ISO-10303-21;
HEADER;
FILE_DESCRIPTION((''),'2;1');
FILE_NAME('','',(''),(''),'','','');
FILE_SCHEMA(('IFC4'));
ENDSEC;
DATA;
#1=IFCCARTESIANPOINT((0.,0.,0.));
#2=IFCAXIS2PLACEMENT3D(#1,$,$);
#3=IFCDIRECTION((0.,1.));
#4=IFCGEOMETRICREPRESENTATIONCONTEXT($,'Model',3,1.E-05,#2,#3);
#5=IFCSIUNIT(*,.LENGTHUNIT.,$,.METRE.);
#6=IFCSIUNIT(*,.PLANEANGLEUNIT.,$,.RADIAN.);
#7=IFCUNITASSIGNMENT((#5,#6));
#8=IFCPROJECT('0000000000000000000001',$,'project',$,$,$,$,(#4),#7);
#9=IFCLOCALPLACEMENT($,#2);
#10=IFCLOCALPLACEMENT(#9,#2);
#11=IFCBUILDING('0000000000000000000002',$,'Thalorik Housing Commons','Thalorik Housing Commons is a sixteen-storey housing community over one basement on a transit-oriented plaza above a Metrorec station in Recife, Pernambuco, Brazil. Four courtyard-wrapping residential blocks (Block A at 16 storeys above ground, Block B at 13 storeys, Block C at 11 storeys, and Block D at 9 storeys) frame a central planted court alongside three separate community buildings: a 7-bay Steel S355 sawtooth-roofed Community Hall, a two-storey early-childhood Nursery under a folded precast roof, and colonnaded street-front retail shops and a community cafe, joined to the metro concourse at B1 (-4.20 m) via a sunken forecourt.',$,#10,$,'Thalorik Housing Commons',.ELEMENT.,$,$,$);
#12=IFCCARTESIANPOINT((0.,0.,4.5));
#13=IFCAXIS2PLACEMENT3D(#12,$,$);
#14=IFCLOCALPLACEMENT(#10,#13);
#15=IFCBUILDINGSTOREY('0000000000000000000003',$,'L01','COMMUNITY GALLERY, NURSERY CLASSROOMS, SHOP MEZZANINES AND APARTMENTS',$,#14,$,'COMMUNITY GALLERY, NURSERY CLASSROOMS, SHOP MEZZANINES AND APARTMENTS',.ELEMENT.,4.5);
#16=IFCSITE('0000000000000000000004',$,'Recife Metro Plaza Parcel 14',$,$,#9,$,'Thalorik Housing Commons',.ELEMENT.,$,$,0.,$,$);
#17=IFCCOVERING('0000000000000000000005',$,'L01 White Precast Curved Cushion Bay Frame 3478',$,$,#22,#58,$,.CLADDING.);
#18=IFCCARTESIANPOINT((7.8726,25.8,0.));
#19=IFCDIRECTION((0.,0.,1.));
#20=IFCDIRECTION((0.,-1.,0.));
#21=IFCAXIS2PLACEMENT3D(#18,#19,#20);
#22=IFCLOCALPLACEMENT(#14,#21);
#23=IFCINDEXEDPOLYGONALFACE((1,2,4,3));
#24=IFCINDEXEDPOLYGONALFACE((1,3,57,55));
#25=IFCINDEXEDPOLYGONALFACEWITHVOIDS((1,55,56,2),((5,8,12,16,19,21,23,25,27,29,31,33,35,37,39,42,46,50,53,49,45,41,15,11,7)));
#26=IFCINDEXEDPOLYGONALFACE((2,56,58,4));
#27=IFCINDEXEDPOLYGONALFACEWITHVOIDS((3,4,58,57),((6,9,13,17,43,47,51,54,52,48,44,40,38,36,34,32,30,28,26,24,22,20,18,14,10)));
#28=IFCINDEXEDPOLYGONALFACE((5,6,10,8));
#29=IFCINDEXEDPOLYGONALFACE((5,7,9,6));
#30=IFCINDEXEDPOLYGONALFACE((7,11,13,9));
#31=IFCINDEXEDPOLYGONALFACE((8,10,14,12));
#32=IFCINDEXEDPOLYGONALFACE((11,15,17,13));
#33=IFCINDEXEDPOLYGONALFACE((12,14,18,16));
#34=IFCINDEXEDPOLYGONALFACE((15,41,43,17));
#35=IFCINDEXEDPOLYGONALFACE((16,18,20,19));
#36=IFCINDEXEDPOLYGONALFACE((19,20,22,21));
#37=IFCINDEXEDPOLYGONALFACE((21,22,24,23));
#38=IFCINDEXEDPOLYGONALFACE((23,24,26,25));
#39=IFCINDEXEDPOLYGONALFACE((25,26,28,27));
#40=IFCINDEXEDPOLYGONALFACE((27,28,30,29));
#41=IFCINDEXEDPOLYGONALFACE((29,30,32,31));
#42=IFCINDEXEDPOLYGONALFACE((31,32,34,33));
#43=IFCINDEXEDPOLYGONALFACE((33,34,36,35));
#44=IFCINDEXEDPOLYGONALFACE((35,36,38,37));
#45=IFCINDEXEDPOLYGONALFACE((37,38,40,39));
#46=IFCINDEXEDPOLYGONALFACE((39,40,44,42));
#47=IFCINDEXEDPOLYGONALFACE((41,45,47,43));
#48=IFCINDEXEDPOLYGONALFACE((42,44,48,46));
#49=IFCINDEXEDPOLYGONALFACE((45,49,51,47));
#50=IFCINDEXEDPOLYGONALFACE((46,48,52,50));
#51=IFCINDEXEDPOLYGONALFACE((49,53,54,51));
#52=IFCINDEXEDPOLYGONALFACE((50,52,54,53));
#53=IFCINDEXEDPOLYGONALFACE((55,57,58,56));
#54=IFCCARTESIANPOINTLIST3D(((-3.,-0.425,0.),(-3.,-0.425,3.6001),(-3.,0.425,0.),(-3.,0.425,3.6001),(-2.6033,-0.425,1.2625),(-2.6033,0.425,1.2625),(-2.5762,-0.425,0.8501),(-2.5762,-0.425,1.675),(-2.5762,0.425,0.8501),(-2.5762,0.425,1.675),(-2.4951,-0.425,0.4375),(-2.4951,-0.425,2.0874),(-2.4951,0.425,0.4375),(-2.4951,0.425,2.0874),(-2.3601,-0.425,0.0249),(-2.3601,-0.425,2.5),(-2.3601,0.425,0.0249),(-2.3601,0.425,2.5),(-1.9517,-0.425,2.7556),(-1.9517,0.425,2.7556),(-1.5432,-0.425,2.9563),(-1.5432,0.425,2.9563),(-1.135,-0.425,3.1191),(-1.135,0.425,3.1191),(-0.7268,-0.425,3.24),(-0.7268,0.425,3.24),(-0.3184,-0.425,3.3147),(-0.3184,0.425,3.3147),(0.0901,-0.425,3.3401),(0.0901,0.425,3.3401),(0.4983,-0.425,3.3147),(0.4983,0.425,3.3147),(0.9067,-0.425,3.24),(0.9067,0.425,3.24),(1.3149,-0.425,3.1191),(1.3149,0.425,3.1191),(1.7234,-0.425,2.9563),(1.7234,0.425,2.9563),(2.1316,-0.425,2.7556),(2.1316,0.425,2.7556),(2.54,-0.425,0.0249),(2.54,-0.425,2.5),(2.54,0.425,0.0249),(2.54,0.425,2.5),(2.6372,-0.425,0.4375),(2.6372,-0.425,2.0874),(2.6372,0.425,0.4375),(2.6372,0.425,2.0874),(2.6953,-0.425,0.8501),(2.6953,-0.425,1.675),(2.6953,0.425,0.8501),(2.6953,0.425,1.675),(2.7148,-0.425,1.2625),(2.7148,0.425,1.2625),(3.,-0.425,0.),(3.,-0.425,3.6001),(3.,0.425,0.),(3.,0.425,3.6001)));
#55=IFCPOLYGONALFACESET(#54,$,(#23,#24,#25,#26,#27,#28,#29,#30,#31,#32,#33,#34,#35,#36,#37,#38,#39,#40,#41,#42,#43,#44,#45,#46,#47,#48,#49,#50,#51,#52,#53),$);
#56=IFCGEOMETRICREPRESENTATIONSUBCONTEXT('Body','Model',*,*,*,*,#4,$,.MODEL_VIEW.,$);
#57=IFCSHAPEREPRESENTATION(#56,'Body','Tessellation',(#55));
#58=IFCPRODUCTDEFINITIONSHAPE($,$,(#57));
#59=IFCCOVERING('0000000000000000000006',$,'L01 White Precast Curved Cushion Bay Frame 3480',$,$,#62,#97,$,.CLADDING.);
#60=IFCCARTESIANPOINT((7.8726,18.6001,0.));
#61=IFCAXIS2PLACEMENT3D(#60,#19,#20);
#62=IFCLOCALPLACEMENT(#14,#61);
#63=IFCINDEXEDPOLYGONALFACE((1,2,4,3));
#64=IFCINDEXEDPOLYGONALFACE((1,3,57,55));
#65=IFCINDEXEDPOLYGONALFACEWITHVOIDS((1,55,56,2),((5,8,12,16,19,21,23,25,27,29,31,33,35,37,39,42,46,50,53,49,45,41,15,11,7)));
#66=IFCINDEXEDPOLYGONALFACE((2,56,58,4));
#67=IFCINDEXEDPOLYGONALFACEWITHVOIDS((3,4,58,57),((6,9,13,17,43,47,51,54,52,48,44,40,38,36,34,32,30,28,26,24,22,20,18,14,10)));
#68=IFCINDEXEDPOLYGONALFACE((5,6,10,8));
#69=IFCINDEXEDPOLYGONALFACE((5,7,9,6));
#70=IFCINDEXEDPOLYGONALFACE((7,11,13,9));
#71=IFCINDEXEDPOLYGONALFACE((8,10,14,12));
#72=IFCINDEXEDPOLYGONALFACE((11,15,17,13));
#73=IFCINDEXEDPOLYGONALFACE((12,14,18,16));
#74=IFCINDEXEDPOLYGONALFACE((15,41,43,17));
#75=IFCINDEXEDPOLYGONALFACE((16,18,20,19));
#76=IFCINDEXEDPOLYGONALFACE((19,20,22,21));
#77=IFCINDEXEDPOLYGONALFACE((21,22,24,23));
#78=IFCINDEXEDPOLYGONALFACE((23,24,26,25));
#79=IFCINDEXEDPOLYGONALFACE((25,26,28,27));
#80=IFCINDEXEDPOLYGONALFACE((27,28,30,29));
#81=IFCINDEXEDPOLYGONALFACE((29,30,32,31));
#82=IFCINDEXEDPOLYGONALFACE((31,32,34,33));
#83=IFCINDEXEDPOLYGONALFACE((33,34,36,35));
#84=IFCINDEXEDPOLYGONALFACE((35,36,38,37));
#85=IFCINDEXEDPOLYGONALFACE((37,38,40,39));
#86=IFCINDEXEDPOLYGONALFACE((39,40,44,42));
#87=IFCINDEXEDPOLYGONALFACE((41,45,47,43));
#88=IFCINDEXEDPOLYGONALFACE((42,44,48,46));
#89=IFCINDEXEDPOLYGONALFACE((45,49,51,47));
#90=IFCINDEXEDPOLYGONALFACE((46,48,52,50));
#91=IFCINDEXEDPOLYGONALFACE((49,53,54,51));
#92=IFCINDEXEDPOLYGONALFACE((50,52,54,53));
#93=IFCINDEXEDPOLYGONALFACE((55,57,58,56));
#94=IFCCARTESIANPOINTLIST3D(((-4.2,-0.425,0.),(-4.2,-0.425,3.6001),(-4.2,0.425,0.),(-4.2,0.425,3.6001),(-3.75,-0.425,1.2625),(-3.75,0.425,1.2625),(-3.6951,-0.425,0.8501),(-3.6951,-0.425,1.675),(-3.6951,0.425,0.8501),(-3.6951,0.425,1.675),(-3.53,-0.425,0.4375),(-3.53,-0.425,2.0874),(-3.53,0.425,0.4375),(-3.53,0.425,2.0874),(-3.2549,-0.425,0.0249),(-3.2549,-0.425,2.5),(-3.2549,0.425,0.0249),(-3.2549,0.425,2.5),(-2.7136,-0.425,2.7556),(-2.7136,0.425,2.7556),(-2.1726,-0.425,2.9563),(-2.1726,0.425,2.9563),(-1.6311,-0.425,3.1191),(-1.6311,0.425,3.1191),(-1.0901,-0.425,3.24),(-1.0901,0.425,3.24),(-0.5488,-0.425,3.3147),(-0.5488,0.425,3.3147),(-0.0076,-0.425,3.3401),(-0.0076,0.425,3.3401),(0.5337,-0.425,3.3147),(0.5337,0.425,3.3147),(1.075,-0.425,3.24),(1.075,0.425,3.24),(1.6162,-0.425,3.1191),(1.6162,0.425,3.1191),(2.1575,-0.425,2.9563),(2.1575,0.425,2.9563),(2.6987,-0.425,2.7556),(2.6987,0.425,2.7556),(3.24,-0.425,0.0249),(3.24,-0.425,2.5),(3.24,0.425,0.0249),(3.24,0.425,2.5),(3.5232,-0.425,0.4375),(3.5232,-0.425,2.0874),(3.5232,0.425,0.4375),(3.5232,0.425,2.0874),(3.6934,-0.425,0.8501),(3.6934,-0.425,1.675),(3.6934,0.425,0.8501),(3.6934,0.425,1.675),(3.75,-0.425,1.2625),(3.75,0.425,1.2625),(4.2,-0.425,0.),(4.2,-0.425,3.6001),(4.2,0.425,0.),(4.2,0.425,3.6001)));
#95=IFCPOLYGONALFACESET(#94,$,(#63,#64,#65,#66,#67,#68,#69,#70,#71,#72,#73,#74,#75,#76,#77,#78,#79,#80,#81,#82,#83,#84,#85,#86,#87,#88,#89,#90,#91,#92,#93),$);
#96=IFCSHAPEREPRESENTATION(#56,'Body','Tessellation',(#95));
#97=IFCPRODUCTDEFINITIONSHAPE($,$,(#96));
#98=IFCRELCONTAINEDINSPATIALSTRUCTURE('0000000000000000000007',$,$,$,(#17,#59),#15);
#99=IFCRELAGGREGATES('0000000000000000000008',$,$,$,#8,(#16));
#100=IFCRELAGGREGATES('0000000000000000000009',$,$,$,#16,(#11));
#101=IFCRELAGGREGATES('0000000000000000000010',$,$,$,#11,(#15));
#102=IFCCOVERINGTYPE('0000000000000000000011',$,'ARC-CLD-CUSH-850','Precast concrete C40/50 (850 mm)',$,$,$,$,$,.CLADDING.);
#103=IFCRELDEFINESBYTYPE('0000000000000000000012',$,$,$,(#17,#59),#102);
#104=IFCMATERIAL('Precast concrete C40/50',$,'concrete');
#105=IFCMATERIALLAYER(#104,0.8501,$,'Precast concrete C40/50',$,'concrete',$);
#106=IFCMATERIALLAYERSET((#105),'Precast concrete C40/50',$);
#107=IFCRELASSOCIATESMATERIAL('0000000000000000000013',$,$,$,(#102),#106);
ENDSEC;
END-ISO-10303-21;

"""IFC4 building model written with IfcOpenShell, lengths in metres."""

from ifc_helpers import new_model, si_unit, direction, frame, origin, place, context, subcontext, project, spatial, polyline, outline, extrude, material, layer, layer_set, type_object, element, save


model = new_model("IFC4")

# Units and contexts
model_context = context("Model", 3, precision=1e-05, world=origin(), true_north=direction((0.0, 1.0)))
body_context = subcontext(model_context, "Body", "Model", "MODEL_VIEW")
ifc_project = project(units=[si_unit("LENGTHUNIT", "METRE"), si_unit("PLANEANGLEUNIT", "RADIAN")], contexts=[model_context])

# Site, building, storey
site_placement = place(None, origin())
site = spatial("IfcSite", under=ifc_project, at=site_placement, Name="Recife Metro Plaza Parcel 14", LongName="Thalorik Housing Commons", CompositionType="ELEMENT", RefElevation=0.0)
building_placement = place(site_placement, origin())
building = spatial("IfcBuilding", under=site, at=building_placement, Name="Thalorik Housing Commons", Description="Thalorik Housing Commons is a sixteen-storey housing community over one basement on a transit-oriented plaza above a Metrorec station in Recife, Pernambuco, Brazil. Four courtyard-wrapping residential blocks (Block A at 16 storeys above ground, Block B at 13 storeys, Block C at 11 storeys, and Block D at 9 storeys) frame a central planted court alongside three separate community buildings: a 7-bay Steel S355 sawtooth-roofed Community Hall, a two-storey early-childhood Nursery under a folded precast roof, and colonnaded street-front retail shops and a community cafe, joined to the metro concourse at B1 (-4.20 m) via a sunken forecourt.", LongName="Thalorik Housing Commons", CompositionType="ELEMENT")
storey_placement = place(building_placement, frame((0.0, 0.0, 4.5)))
storey = spatial("IfcBuildingStorey", under=building, at=storey_placement, Name="L01", Description="COMMUNITY GALLERY, NURSERY CLASSROOMS, SHOP MEZZANINES AND APARTMENTS", LongName="COMMUNITY GALLERY, NURSERY CLASSROOMS, SHOP MEZZANINES AND APARTMENTS", CompositionType="ELEMENT", Elevation=4.5)

# Shared definitions
ifc_material_1 = material(Name="Precast concrete C40/50", Category="concrete")

# Coverings
ifc_layer_1 = layer(ifc_material_1, 0.8501, Name="Precast concrete C40/50", Category="concrete")
ifc_layer_set_1 = layer_set([ifc_layer_1], Name="Precast concrete C40/50")
covering_type_1 = type_object("IfcCoveringType", Name="ARC-CLD-CUSH-850", Description="Precast concrete C40/50 (850 mm)", PredefinedType="CLADDING", material=ifc_layer_set_1)
covering_1_placement = place(storey_placement, frame((7.8726, 25.8, 0.0), z_axis=(0.0, 0.0, 1.0), x_axis=(0.0, -1.0, 0.0)))
element("IfcCovering", 1, at=covering_1_placement, inside=storey, type_object=covering_type_1, Name="L01 White Precast Curved Cushion Bay Frame 3478", PredefinedType="CLADDING", context=body_context, shape_type="SweptSolid", body=[
    extrude(outline(polyline([(-3.0, 0.0), (3.0, 0.0), (3.0, 3.6001), (-3.0, 3.6001), (-3.0, 0.0)]), holes=[polyline([(2.54, 0.0249), (2.6372, 0.4375), (2.6953, 0.8501), (2.7148, 1.2625), (2.6953, 1.675), (2.6372, 2.0874), (2.54, 2.5), (2.1316, 2.7556), (1.7234, 2.9563), (1.3149, 3.1191), (0.9067, 3.24), (0.4983, 3.3147), (0.0901, 3.3401), (-0.3184, 3.3147), (-0.7268, 3.24), (-1.135, 3.1191), (-1.5432, 2.9563), (-1.9517, 2.7556), (-2.3601, 2.5), (-2.4951, 2.0874), (-2.5762, 1.675), (-2.6033, 1.2625), (-2.5762, 0.8501), (-2.4951, 0.4375), (-2.3601, 0.0249), (2.54, 0.0249)])]), frame((0.0, 0.425, 0.0), z_axis=(0.0, -1.0, 0.0), x_axis=(1.0, 0.0, 0.0)), (0.0, 0.0, 1.0), 0.8501),
])
covering_2_placement = place(storey_placement, frame((7.8726, 18.6001, 0.0), z_axis=(0.0, 0.0, 1.0), x_axis=(0.0, -1.0, 0.0)))
element("IfcCovering", 2, at=covering_2_placement, inside=storey, type_object=covering_type_1, Name="L01 White Precast Curved Cushion Bay Frame 3480", PredefinedType="CLADDING", context=body_context, shape_type="SweptSolid", body=[
    extrude(outline(polyline([(-4.2, 0.0), (4.2, 0.0), (4.2, 3.6001), (-4.2, 3.6001), (-4.2, 0.0)]), holes=[polyline([(3.24, 0.0249), (3.5232, 0.4375), (3.6934, 0.8501), (3.75, 1.2625), (3.6934, 1.675), (3.5232, 2.0874), (3.24, 2.5), (2.6987, 2.7556), (2.1575, 2.9563), (1.6162, 3.1191), (1.075, 3.24), (0.5337, 3.3147), (-0.0076, 3.3401), (-0.5488, 3.3147), (-1.0901, 3.24), (-1.6311, 3.1191), (-2.1726, 2.9563), (-2.7136, 2.7556), (-3.2549, 2.5), (-3.53, 2.0874), (-3.6951, 1.675), (-3.75, 1.2625), (-3.6951, 0.8501), (-3.53, 0.4375), (-3.2549, 0.0249), (3.24, 0.0249)])]), frame((0.0, 0.425, 0.0), z_axis=(0.0, -1.0, 0.0), x_axis=(1.0, 0.0, 0.0)), (0.0, 0.0, 1.0), 0.8501),
])

save(model, "model.ifc")
